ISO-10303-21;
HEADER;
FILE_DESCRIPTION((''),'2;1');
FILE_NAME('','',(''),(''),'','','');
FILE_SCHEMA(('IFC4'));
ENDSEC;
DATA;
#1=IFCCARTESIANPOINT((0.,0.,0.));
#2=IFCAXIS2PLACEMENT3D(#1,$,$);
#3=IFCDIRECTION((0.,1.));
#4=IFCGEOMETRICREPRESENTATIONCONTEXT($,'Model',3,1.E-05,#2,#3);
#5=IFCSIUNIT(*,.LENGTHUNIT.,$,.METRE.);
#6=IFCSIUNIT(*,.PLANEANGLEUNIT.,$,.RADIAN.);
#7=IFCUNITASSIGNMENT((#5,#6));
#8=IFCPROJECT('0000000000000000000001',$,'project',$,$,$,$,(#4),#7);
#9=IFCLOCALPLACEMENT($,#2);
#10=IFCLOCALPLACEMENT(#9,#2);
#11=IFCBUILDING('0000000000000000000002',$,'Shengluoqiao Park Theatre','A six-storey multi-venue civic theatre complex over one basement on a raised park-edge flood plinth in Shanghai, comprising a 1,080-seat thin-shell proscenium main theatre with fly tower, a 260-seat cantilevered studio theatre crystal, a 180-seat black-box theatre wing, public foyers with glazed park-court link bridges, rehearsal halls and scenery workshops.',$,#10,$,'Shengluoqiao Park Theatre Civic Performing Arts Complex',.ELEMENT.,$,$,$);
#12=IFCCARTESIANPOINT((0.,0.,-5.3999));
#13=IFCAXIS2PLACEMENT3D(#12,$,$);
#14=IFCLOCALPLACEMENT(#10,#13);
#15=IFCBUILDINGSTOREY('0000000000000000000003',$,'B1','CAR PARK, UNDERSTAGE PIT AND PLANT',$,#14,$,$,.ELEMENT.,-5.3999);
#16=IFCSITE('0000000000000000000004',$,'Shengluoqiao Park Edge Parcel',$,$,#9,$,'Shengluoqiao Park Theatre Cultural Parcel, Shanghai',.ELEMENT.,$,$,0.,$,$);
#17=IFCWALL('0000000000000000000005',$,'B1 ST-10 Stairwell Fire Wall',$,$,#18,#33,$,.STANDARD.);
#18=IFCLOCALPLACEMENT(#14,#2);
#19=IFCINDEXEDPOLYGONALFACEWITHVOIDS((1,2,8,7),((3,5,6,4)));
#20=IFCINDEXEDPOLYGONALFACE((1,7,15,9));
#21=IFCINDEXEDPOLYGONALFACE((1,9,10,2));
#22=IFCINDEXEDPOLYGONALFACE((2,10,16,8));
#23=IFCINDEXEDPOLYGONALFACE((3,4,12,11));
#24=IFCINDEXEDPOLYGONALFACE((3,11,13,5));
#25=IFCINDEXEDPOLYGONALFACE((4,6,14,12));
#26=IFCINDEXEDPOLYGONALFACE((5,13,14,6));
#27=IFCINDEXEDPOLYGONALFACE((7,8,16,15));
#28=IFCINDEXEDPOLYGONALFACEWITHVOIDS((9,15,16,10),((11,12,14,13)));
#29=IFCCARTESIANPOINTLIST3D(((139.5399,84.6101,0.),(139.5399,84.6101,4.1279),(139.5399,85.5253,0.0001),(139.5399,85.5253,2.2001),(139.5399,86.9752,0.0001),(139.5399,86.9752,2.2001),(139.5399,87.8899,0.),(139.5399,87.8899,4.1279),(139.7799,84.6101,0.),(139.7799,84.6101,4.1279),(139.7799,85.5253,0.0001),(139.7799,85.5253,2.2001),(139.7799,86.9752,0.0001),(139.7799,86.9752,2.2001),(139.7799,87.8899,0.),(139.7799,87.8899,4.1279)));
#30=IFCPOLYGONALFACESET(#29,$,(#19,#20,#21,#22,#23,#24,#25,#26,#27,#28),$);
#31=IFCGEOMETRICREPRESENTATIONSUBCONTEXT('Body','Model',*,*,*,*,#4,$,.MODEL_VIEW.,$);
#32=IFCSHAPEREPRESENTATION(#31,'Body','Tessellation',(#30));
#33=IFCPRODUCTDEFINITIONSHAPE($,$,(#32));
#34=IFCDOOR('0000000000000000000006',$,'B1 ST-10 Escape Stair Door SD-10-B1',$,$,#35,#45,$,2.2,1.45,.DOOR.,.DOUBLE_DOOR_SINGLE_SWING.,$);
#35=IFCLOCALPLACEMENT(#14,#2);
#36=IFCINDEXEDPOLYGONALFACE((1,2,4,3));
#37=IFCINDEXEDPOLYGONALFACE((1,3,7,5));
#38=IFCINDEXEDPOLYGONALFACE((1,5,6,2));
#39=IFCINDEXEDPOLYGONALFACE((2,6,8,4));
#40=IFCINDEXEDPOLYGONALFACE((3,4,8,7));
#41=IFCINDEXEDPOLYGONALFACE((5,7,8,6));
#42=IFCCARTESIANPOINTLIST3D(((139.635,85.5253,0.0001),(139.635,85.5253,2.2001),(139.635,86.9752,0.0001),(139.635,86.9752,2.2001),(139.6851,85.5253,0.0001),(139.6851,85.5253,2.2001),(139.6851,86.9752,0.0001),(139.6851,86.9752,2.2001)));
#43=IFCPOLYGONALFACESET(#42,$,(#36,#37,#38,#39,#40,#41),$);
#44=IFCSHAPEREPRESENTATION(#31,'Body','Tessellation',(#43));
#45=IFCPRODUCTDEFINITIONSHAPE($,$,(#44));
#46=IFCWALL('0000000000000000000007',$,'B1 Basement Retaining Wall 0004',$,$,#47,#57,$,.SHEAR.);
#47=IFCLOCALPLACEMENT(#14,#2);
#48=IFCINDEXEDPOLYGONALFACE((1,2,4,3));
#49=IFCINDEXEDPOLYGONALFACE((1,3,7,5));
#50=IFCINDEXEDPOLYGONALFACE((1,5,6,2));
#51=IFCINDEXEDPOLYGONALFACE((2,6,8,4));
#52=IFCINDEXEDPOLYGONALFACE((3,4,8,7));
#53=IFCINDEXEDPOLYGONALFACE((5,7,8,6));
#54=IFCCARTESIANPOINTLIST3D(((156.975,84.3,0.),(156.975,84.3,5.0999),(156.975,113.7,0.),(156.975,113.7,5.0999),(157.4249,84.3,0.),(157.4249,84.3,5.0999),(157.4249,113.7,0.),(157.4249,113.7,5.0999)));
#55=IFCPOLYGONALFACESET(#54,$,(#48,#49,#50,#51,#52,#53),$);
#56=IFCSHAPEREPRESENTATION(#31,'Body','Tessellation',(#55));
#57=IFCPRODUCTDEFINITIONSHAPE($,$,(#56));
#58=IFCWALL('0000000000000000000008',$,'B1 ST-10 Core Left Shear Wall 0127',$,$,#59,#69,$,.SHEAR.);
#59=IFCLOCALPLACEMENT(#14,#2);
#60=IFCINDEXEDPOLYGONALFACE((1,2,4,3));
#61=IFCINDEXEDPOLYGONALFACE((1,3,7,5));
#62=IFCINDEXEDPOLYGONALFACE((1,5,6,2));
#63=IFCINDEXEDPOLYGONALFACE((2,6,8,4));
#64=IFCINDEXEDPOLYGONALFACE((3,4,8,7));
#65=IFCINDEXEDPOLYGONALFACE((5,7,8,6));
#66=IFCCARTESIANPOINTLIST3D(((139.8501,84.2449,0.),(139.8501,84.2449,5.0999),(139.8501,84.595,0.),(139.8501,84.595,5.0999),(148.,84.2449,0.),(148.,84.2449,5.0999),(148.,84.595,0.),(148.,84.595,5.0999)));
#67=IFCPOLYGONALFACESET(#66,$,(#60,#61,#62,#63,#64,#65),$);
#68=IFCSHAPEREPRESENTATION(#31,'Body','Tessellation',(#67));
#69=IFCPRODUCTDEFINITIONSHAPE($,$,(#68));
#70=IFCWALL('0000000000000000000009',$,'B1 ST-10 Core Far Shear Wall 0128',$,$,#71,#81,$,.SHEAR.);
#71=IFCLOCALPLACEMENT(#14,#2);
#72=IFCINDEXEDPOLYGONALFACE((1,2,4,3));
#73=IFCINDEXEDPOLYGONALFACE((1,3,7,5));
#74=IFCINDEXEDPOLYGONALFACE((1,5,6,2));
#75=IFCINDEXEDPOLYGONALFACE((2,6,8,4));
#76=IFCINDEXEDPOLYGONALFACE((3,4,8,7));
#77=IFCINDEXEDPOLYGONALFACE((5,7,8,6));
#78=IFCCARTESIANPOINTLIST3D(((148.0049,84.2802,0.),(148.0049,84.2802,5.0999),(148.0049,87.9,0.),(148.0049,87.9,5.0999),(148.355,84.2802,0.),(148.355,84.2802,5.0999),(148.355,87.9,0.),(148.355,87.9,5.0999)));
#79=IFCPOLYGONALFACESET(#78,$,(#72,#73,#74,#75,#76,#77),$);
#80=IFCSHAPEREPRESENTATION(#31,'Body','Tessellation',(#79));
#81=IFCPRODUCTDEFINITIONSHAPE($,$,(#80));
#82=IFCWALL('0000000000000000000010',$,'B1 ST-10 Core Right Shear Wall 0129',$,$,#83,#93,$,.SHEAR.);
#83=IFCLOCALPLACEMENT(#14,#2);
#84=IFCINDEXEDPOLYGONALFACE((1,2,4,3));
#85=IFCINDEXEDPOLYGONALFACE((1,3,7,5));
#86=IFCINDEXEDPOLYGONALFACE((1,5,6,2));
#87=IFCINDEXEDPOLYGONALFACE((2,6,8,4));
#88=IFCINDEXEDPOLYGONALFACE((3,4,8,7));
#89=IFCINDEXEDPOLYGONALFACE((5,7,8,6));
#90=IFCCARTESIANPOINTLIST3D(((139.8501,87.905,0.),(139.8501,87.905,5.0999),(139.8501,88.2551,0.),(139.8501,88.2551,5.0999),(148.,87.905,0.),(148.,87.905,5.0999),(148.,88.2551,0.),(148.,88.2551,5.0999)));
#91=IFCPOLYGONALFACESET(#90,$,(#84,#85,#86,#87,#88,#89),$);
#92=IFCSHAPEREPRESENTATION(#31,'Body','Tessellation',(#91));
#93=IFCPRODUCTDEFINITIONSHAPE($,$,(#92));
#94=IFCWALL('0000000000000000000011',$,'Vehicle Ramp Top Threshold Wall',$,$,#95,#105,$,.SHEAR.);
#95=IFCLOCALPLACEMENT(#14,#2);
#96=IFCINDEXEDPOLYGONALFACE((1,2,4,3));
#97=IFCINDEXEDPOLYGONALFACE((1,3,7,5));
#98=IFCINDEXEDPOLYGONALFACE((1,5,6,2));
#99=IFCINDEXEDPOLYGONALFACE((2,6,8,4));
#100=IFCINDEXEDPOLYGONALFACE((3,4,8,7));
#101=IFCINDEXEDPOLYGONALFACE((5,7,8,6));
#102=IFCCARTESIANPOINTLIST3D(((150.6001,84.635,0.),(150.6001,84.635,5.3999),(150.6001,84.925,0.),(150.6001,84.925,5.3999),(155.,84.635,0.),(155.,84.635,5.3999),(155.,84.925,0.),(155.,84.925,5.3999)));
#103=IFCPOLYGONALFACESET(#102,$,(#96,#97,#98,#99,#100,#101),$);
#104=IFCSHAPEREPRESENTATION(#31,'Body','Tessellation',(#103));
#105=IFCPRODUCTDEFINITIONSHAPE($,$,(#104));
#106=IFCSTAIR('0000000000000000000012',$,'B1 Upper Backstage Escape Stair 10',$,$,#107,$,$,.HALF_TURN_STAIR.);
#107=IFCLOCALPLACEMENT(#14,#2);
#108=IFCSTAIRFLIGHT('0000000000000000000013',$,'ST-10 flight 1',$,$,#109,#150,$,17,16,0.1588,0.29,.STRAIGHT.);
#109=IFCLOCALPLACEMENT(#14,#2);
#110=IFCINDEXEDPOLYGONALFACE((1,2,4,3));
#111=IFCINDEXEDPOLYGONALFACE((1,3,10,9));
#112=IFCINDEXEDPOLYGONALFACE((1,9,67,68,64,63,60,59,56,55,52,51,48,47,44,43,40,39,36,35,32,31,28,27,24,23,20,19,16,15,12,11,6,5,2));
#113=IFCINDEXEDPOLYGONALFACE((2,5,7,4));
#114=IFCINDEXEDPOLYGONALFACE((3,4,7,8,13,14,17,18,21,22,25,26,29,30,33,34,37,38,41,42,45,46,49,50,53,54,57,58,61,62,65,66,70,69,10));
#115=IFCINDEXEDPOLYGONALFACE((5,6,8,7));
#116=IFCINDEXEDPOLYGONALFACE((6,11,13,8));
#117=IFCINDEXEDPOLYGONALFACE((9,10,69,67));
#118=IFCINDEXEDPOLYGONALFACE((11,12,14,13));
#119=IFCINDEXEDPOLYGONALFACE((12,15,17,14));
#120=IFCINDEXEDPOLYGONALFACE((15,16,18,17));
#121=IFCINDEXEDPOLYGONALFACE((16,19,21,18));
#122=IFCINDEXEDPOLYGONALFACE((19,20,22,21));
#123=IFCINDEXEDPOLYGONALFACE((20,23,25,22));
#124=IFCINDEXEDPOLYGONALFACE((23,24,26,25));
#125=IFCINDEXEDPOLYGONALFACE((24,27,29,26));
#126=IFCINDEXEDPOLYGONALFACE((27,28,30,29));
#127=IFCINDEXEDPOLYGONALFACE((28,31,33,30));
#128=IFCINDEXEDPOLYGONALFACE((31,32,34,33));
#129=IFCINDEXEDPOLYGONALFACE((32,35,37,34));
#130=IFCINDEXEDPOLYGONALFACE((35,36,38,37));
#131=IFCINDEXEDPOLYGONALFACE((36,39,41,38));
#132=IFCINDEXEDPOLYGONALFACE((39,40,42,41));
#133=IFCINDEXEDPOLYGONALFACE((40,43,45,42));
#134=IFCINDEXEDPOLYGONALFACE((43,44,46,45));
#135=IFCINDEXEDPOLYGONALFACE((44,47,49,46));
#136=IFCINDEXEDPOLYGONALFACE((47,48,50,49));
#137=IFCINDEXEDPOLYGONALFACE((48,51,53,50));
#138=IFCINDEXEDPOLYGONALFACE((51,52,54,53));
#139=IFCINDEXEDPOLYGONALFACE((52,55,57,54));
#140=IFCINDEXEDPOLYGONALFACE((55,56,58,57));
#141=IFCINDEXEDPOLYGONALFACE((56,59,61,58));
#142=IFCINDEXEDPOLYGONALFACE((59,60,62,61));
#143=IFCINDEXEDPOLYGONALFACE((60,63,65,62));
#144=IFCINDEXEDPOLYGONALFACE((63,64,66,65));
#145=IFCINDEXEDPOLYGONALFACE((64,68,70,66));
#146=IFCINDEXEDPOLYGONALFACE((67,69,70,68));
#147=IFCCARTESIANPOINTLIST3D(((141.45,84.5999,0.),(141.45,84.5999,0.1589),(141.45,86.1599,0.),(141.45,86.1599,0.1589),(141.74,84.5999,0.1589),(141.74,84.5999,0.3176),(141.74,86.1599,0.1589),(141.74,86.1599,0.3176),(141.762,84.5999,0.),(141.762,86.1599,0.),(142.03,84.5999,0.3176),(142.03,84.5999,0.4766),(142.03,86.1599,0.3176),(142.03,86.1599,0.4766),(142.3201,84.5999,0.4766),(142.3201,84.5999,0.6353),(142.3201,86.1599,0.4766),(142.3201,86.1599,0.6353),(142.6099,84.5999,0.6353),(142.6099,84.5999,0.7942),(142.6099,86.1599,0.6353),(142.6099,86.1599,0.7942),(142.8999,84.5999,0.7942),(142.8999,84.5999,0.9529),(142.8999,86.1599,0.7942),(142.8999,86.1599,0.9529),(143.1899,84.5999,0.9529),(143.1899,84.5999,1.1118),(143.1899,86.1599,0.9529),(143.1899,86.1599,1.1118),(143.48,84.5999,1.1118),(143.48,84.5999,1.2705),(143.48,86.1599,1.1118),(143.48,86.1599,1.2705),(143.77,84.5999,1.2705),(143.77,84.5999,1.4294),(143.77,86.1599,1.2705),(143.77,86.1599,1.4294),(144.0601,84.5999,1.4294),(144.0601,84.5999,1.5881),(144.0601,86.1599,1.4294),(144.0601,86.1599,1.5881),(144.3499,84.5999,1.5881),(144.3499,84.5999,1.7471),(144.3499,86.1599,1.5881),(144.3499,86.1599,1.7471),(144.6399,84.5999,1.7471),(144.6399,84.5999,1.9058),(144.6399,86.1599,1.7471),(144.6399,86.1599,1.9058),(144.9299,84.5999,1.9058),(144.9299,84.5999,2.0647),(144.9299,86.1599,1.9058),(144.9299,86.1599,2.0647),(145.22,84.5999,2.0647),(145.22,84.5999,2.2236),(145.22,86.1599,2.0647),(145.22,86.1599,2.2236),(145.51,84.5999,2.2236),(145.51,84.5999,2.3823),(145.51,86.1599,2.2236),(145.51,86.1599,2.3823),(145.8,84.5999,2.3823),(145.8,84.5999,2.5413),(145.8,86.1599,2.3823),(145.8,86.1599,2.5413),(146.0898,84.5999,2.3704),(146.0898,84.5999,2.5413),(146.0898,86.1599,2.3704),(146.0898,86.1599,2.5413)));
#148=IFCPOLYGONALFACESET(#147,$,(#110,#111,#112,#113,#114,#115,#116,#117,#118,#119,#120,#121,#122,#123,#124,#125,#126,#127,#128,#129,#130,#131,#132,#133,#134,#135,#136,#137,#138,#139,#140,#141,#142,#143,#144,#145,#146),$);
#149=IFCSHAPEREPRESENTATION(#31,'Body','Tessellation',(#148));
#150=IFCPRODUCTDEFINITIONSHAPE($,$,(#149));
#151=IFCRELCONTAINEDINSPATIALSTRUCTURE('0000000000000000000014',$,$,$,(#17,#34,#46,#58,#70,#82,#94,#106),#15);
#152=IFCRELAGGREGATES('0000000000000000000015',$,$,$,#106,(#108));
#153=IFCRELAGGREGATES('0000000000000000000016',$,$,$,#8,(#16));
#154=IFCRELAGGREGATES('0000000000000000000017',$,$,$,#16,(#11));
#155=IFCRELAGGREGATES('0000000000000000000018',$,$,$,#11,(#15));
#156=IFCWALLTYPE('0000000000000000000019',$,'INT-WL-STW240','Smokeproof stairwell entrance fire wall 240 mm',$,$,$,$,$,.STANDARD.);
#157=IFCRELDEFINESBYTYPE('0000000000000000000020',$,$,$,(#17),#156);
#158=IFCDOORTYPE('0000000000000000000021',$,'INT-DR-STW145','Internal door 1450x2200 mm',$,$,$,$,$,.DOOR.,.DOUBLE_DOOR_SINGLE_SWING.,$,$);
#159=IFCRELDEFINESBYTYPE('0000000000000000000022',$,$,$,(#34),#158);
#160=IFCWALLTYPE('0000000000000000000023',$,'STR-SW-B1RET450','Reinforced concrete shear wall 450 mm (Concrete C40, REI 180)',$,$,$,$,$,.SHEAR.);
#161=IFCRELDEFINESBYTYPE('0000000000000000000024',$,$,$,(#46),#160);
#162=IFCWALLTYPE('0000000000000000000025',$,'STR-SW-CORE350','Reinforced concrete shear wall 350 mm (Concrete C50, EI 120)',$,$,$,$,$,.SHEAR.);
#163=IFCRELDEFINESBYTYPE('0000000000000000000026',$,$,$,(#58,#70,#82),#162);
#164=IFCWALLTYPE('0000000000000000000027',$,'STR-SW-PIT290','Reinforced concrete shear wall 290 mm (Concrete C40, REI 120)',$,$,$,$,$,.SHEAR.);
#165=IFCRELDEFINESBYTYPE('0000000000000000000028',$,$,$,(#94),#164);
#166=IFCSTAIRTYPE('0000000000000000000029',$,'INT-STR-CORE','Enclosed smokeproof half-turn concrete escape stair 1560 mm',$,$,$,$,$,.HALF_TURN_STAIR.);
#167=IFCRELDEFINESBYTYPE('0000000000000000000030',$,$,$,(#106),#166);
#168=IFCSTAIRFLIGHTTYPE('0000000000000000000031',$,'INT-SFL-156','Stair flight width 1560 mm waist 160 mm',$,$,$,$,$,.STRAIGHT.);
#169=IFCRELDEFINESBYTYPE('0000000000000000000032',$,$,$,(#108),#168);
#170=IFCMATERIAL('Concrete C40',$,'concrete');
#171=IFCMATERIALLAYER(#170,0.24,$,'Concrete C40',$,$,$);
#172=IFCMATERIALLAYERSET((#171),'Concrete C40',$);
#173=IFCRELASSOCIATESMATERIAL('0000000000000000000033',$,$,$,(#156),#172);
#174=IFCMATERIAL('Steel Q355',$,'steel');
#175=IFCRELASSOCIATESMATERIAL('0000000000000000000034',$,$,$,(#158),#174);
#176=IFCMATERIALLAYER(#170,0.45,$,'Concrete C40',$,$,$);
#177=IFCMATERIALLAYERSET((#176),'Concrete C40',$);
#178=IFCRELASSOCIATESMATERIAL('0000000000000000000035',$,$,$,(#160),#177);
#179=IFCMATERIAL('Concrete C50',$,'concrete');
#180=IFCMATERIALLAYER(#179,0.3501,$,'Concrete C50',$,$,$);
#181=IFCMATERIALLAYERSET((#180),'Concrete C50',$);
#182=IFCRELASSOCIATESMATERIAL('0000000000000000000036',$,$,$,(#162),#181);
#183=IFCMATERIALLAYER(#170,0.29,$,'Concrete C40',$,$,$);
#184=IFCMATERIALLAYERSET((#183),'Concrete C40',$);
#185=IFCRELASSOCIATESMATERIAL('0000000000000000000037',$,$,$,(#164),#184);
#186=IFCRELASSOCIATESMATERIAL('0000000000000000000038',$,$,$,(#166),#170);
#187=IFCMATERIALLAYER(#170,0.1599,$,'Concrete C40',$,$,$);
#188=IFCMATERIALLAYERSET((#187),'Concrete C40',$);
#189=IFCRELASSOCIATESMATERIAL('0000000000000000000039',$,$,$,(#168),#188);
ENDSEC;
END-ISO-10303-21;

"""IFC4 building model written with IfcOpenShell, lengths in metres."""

from ifc_helpers import new_model, si_unit, direction, frame, frame_2d, origin, place, context, subcontext, project, spatial, polyline, rectangle, outline, extrude, material, layer, layer_set, type_object, element, fill, aggregate, save


model = new_model("IFC4")

# Units and contexts
model_context = context("Model", 3, precision=1e-05, world=origin(), true_north=direction((0.0, 1.0)))
body_context = subcontext(model_context, "Body", "Model", "MODEL_VIEW")
ifc_project = project(units=[si_unit("LENGTHUNIT", "METRE"), si_unit("PLANEANGLEUNIT", "RADIAN")], contexts=[model_context])

# Site, building, storey
site_placement = place(None, origin())
site = spatial("IfcSite", under=ifc_project, at=site_placement, Name="Shengluoqiao Park Edge Parcel", LongName="Shengluoqiao Park Theatre Cultural Parcel, Shanghai", CompositionType="ELEMENT", RefElevation=0.0)
building_placement = place(site_placement, origin())
building = spatial("IfcBuilding", under=site, at=building_placement, Name="Shengluoqiao Park Theatre", Description="A six-storey multi-venue civic theatre complex over one basement on a raised park-edge flood plinth in Shanghai, comprising a 1,080-seat thin-shell proscenium main theatre with fly tower, a 260-seat cantilevered studio theatre crystal, a 180-seat black-box theatre wing, public foyers with glazed park-court link bridges, rehearsal halls and scenery workshops.", LongName="Shengluoqiao Park Theatre Civic Performing Arts Complex", CompositionType="ELEMENT")
storey_placement = place(building_placement, frame((0.0, 0.0, -5.3999)))
storey = spatial("IfcBuildingStorey", under=building, at=storey_placement, Name="B1", Description="CAR PARK, UNDERSTAGE PIT AND PLANT", CompositionType="ELEMENT", Elevation=-5.3999)

# Shared definitions
ifc_material_1 = material(Name="Concrete C40", Category="concrete")

# Shared definitions
ifc_material_2 = material(Name="Steel Q355", Category="steel")
ifc_material_3 = material(Name="Concrete C50", Category="concrete")

# Wall, opening, door
ifc_layer_1 = layer(ifc_material_1, 0.24, Name="Concrete C40")
ifc_layer_set_1 = layer_set([ifc_layer_1], Name="Concrete C40")
wall_type_1 = type_object("IfcWallType", Name="INT-WL-STW240", Description="Smokeproof stairwell entrance fire wall 240 mm", PredefinedType="STANDARD", material=ifc_layer_set_1)
wall_1_placement = place(storey_placement, frame((139.6599, 84.6101, 0.0), z_axis=(0.0, 0.0, 1.0), x_axis=(0.0, 1.0, 0.0)))
wall_1 = element("IfcWall", 1, at=wall_1_placement, inside=storey, type_object=wall_type_1, Name="B1 ST-10 Stairwell Fire Wall", PredefinedType="STANDARD", context=body_context, shape_type="SweptSolid", body=[
    extrude(rectangle(XDim=3.2798, YDim=0.24, at=frame_2d((1.6399, 0.0))), origin(), (0.0, 0.0, 1.0), 4.1279),
])
opening_1_placement = place(wall_1_placement, frame((0.915, 0.0, 0.0)))
opening_1 = element("IfcOpeningElement", 2, at=opening_1_placement, cuts=wall_1, PredefinedType="OPENING", context=body_context, shape_type="SweptSolid", body=[
    extrude(rectangle(XDim=1.45, YDim=2.2, at=frame_2d((0.7251, 1.1001))), frame((0.0, 0.1299, 0.0), z_axis=(0.0, -1.0, 0.0), x_axis=(1.0, 0.0, 0.0)), (0.0, 0.0, 1.0), 0.26),
])
door_type_1 = type_object("IfcDoorType", Name="INT-DR-STW145", Description="Internal door 1450x2200 mm", OperationType="DOUBLE_DOOR_SINGLE_SWING", PredefinedType="DOOR", material=ifc_material_2)
door_1_placement = place(opening_1_placement, origin())
door_1 = element("IfcDoor", 3, at=door_1_placement, inside=storey, type_object=door_type_1, Name="B1 ST-10 Escape Stair Door SD-10-B1", OperationType="DOUBLE_DOOR_SINGLE_SWING", OverallHeight=2.2, OverallWidth=1.45, PredefinedType="DOOR", context=body_context, shape_type="SweptSolid", body=[
    extrude(rectangle(XDim=1.45, YDim=2.2, at=frame_2d((0.7251, 1.1001))), frame((0.0, 0.0249, 0.0), z_axis=(0.0, -1.0, 0.0), x_axis=(1.0, 0.0, 0.0)), (0.0, 0.0, 1.0), 0.05),
])
fill(opening_1, door_1)

# Walls
ifc_layer_2 = layer(ifc_material_1, 0.45, Name="Concrete C40")
ifc_layer_set_2 = layer_set([ifc_layer_2], Name="Concrete C40")
wall_type_2 = type_object("IfcWallType", Name="STR-SW-B1RET450", Description="Reinforced concrete shear wall 450 mm (Concrete C40, REI 180)", PredefinedType="SHEAR", material=ifc_layer_set_2)
wall_2_placement = place(storey_placement, frame((157.2, 84.3, 0.0), z_axis=(0.0, 0.0, 1.0), x_axis=(0.0, 1.0, 0.0)))
element("IfcWall", 4, at=wall_2_placement, inside=storey, type_object=wall_type_2, Name="B1 Basement Retaining Wall 0004", PredefinedType="SHEAR", context=body_context, shape_type="SweptSolid", body=[
    extrude(rectangle(XDim=29.3999, YDim=0.45, at=frame_2d((14.7, 0.0))), origin(), (0.0, 0.0, 1.0), 5.0999),
])
ifc_layer_3 = layer(ifc_material_3, 0.3501, Name="Concrete C50")
ifc_layer_set_3 = layer_set([ifc_layer_3], Name="Concrete C50")
wall_type_3 = type_object("IfcWallType", Name="STR-SW-CORE350", Description="Reinforced concrete shear wall 350 mm (Concrete C50, EI 120)", PredefinedType="SHEAR", material=ifc_layer_set_3)
wall_3_placement = place(storey_placement, frame((139.8501, 84.4199, 0.0), z_axis=(0.0, 0.0, 1.0), x_axis=(1.0, 0.0, 0.0)))
element("IfcWall", 5, at=wall_3_placement, inside=storey, type_object=wall_type_3, Name="B1 ST-10 Core Left Shear Wall 0127", PredefinedType="SHEAR", context=body_context, shape_type="SweptSolid", body=[
    extrude(rectangle(XDim=8.1499, YDim=0.3501, at=frame_2d((4.075, 0.0))), origin(), (0.0, 0.0, 1.0), 5.0999),
])
wall_4_placement = place(storey_placement, frame((148.1799, 84.28, 0.0), z_axis=(0.0, 0.0, 1.0), x_axis=(0.0, 1.0, 0.0)))
element("IfcWall", 6, at=wall_4_placement, inside=storey, type_object=wall_type_3, Name="B1 ST-10 Core Far Shear Wall 0128", PredefinedType="SHEAR", context=body_context, shape_type="SweptSolid", body=[
    extrude(rectangle(XDim=3.6199, YDim=0.3501, at=frame_2d((1.8101, 0.0))), origin(), (0.0, 0.0, 1.0), 5.0999),
])
wall_5_placement = place(storey_placement, frame((148.0, 88.0801, 0.0), z_axis=(0.0, 0.0, 1.0), x_axis=(-1.0, 0.0, 0.0)))
element("IfcWall", 7, at=wall_5_placement, inside=storey, type_object=wall_type_3, Name="B1 ST-10 Core Right Shear Wall 0129", PredefinedType="SHEAR", context=body_context, shape_type="SweptSolid", body=[
    extrude(rectangle(XDim=8.1499, YDim=0.3501, at=frame_2d((4.075, 0.0))), origin(), (0.0, 0.0, 1.0), 5.0999),
])
ifc_layer_4 = layer(ifc_material_1, 0.29, Name="Concrete C40")
ifc_layer_set_4 = layer_set([ifc_layer_4], Name="Concrete C40")
wall_type_4 = type_object("IfcWallType", Name="STR-SW-PIT290", Description="Reinforced concrete shear wall 290 mm (Concrete C40, REI 120)", PredefinedType="SHEAR", material=ifc_layer_set_4)
wall_6_placement = place(storey_placement, frame((150.6001, 84.78, 0.0), z_axis=(0.0, 0.0, 1.0), x_axis=(1.0, 0.0, 0.0)))
element("IfcWall", 8, at=wall_6_placement, inside=storey, type_object=wall_type_4, Name="Vehicle Ramp Top Threshold Wall", PredefinedType="SHEAR", context=body_context, shape_type="SweptSolid", body=[
    extrude(rectangle(XDim=4.3999, YDim=0.29, at=frame_2d((2.2, 0.0))), origin(), (0.0, 0.0, 1.0), 5.3999),
])

# Stair, stair flight
stair_type = type_object("IfcStairType", Name="INT-STR-CORE", Description="Enclosed smokeproof half-turn concrete escape stair 1560 mm", PredefinedType="HALF_TURN_STAIR", material=ifc_material_1)
stair_placement = place(storey_placement, origin())
stair = element("IfcStair", 9, at=stair_placement, inside=storey, type_object=stair_type, Name="B1 Upper Backstage Escape Stair 10", PredefinedType="HALF_TURN_STAIR")
ifc_layer_5 = layer(ifc_material_1, 0.1599, Name="Concrete C40")
ifc_layer_set_5 = layer_set([ifc_layer_5], Name="Concrete C40")
stair_flight_type = type_object("IfcStairFlightType", Name="INT-SFL-156", Description="Stair flight width 1560 mm waist 160 mm", PredefinedType="STRAIGHT", material=ifc_layer_set_5)
stair_flight_1_placement = place(storey_placement, frame((141.45, 85.3799, 0.0), z_axis=(0.0, 0.0, 1.0), x_axis=(1.0, 0.0, 0.0)))
stair_flight_1 = element("IfcStairFlight", 10, at=stair_flight_1_placement, type_object=stair_flight_type, Name="ST-10 flight 1", NumberOfRisers=17, NumberOfTreads=16, PredefinedType="STRAIGHT", RiserHeight=0.1588, TreadLength=0.29, context=body_context, shape_type="SweptSolid", body=[
    extrude(outline(polyline([(0.0, 0.0), (0.0, 0.1589), (0.29, 0.1589), (0.29, 0.3176), (0.5801, 0.3176), (0.5801, 0.4766), (0.8701, 0.4766), (0.8701, 0.6353), (1.1599, 0.6353), (1.1599, 0.7942), (1.45, 0.7942), (1.45, 0.9529), (1.74, 0.9529), (1.74, 1.1118), (2.03, 1.1118), (2.03, 1.2705), (2.3201, 1.2705), (2.3201, 1.4294), (2.6101, 1.4294), (2.6101, 1.5881), (2.8999, 1.5881), (2.8999, 1.7471), (3.1899, 1.7471), (3.1899, 1.9058), (3.48, 1.9058), (3.48, 2.0647), (3.77, 2.0647), (3.77, 2.2236), (4.0601, 2.2236), (4.0601, 2.3823), (4.3501, 2.3823), (4.3501, 2.5413), (4.6399, 2.5413), (4.6399, 2.7), (4.6399, 2.3704), (0.312, 0.0), (0.0, 0.0)])), frame((0.0, 0.78, 0.0), z_axis=(0.0, -1.0, 0.0), x_axis=(1.0, 0.0, 0.0)), (0.0, 0.0, 1.0), 1.5601),
])
aggregate(stair, [stair_flight_1])

save(model, "model.ifc")
